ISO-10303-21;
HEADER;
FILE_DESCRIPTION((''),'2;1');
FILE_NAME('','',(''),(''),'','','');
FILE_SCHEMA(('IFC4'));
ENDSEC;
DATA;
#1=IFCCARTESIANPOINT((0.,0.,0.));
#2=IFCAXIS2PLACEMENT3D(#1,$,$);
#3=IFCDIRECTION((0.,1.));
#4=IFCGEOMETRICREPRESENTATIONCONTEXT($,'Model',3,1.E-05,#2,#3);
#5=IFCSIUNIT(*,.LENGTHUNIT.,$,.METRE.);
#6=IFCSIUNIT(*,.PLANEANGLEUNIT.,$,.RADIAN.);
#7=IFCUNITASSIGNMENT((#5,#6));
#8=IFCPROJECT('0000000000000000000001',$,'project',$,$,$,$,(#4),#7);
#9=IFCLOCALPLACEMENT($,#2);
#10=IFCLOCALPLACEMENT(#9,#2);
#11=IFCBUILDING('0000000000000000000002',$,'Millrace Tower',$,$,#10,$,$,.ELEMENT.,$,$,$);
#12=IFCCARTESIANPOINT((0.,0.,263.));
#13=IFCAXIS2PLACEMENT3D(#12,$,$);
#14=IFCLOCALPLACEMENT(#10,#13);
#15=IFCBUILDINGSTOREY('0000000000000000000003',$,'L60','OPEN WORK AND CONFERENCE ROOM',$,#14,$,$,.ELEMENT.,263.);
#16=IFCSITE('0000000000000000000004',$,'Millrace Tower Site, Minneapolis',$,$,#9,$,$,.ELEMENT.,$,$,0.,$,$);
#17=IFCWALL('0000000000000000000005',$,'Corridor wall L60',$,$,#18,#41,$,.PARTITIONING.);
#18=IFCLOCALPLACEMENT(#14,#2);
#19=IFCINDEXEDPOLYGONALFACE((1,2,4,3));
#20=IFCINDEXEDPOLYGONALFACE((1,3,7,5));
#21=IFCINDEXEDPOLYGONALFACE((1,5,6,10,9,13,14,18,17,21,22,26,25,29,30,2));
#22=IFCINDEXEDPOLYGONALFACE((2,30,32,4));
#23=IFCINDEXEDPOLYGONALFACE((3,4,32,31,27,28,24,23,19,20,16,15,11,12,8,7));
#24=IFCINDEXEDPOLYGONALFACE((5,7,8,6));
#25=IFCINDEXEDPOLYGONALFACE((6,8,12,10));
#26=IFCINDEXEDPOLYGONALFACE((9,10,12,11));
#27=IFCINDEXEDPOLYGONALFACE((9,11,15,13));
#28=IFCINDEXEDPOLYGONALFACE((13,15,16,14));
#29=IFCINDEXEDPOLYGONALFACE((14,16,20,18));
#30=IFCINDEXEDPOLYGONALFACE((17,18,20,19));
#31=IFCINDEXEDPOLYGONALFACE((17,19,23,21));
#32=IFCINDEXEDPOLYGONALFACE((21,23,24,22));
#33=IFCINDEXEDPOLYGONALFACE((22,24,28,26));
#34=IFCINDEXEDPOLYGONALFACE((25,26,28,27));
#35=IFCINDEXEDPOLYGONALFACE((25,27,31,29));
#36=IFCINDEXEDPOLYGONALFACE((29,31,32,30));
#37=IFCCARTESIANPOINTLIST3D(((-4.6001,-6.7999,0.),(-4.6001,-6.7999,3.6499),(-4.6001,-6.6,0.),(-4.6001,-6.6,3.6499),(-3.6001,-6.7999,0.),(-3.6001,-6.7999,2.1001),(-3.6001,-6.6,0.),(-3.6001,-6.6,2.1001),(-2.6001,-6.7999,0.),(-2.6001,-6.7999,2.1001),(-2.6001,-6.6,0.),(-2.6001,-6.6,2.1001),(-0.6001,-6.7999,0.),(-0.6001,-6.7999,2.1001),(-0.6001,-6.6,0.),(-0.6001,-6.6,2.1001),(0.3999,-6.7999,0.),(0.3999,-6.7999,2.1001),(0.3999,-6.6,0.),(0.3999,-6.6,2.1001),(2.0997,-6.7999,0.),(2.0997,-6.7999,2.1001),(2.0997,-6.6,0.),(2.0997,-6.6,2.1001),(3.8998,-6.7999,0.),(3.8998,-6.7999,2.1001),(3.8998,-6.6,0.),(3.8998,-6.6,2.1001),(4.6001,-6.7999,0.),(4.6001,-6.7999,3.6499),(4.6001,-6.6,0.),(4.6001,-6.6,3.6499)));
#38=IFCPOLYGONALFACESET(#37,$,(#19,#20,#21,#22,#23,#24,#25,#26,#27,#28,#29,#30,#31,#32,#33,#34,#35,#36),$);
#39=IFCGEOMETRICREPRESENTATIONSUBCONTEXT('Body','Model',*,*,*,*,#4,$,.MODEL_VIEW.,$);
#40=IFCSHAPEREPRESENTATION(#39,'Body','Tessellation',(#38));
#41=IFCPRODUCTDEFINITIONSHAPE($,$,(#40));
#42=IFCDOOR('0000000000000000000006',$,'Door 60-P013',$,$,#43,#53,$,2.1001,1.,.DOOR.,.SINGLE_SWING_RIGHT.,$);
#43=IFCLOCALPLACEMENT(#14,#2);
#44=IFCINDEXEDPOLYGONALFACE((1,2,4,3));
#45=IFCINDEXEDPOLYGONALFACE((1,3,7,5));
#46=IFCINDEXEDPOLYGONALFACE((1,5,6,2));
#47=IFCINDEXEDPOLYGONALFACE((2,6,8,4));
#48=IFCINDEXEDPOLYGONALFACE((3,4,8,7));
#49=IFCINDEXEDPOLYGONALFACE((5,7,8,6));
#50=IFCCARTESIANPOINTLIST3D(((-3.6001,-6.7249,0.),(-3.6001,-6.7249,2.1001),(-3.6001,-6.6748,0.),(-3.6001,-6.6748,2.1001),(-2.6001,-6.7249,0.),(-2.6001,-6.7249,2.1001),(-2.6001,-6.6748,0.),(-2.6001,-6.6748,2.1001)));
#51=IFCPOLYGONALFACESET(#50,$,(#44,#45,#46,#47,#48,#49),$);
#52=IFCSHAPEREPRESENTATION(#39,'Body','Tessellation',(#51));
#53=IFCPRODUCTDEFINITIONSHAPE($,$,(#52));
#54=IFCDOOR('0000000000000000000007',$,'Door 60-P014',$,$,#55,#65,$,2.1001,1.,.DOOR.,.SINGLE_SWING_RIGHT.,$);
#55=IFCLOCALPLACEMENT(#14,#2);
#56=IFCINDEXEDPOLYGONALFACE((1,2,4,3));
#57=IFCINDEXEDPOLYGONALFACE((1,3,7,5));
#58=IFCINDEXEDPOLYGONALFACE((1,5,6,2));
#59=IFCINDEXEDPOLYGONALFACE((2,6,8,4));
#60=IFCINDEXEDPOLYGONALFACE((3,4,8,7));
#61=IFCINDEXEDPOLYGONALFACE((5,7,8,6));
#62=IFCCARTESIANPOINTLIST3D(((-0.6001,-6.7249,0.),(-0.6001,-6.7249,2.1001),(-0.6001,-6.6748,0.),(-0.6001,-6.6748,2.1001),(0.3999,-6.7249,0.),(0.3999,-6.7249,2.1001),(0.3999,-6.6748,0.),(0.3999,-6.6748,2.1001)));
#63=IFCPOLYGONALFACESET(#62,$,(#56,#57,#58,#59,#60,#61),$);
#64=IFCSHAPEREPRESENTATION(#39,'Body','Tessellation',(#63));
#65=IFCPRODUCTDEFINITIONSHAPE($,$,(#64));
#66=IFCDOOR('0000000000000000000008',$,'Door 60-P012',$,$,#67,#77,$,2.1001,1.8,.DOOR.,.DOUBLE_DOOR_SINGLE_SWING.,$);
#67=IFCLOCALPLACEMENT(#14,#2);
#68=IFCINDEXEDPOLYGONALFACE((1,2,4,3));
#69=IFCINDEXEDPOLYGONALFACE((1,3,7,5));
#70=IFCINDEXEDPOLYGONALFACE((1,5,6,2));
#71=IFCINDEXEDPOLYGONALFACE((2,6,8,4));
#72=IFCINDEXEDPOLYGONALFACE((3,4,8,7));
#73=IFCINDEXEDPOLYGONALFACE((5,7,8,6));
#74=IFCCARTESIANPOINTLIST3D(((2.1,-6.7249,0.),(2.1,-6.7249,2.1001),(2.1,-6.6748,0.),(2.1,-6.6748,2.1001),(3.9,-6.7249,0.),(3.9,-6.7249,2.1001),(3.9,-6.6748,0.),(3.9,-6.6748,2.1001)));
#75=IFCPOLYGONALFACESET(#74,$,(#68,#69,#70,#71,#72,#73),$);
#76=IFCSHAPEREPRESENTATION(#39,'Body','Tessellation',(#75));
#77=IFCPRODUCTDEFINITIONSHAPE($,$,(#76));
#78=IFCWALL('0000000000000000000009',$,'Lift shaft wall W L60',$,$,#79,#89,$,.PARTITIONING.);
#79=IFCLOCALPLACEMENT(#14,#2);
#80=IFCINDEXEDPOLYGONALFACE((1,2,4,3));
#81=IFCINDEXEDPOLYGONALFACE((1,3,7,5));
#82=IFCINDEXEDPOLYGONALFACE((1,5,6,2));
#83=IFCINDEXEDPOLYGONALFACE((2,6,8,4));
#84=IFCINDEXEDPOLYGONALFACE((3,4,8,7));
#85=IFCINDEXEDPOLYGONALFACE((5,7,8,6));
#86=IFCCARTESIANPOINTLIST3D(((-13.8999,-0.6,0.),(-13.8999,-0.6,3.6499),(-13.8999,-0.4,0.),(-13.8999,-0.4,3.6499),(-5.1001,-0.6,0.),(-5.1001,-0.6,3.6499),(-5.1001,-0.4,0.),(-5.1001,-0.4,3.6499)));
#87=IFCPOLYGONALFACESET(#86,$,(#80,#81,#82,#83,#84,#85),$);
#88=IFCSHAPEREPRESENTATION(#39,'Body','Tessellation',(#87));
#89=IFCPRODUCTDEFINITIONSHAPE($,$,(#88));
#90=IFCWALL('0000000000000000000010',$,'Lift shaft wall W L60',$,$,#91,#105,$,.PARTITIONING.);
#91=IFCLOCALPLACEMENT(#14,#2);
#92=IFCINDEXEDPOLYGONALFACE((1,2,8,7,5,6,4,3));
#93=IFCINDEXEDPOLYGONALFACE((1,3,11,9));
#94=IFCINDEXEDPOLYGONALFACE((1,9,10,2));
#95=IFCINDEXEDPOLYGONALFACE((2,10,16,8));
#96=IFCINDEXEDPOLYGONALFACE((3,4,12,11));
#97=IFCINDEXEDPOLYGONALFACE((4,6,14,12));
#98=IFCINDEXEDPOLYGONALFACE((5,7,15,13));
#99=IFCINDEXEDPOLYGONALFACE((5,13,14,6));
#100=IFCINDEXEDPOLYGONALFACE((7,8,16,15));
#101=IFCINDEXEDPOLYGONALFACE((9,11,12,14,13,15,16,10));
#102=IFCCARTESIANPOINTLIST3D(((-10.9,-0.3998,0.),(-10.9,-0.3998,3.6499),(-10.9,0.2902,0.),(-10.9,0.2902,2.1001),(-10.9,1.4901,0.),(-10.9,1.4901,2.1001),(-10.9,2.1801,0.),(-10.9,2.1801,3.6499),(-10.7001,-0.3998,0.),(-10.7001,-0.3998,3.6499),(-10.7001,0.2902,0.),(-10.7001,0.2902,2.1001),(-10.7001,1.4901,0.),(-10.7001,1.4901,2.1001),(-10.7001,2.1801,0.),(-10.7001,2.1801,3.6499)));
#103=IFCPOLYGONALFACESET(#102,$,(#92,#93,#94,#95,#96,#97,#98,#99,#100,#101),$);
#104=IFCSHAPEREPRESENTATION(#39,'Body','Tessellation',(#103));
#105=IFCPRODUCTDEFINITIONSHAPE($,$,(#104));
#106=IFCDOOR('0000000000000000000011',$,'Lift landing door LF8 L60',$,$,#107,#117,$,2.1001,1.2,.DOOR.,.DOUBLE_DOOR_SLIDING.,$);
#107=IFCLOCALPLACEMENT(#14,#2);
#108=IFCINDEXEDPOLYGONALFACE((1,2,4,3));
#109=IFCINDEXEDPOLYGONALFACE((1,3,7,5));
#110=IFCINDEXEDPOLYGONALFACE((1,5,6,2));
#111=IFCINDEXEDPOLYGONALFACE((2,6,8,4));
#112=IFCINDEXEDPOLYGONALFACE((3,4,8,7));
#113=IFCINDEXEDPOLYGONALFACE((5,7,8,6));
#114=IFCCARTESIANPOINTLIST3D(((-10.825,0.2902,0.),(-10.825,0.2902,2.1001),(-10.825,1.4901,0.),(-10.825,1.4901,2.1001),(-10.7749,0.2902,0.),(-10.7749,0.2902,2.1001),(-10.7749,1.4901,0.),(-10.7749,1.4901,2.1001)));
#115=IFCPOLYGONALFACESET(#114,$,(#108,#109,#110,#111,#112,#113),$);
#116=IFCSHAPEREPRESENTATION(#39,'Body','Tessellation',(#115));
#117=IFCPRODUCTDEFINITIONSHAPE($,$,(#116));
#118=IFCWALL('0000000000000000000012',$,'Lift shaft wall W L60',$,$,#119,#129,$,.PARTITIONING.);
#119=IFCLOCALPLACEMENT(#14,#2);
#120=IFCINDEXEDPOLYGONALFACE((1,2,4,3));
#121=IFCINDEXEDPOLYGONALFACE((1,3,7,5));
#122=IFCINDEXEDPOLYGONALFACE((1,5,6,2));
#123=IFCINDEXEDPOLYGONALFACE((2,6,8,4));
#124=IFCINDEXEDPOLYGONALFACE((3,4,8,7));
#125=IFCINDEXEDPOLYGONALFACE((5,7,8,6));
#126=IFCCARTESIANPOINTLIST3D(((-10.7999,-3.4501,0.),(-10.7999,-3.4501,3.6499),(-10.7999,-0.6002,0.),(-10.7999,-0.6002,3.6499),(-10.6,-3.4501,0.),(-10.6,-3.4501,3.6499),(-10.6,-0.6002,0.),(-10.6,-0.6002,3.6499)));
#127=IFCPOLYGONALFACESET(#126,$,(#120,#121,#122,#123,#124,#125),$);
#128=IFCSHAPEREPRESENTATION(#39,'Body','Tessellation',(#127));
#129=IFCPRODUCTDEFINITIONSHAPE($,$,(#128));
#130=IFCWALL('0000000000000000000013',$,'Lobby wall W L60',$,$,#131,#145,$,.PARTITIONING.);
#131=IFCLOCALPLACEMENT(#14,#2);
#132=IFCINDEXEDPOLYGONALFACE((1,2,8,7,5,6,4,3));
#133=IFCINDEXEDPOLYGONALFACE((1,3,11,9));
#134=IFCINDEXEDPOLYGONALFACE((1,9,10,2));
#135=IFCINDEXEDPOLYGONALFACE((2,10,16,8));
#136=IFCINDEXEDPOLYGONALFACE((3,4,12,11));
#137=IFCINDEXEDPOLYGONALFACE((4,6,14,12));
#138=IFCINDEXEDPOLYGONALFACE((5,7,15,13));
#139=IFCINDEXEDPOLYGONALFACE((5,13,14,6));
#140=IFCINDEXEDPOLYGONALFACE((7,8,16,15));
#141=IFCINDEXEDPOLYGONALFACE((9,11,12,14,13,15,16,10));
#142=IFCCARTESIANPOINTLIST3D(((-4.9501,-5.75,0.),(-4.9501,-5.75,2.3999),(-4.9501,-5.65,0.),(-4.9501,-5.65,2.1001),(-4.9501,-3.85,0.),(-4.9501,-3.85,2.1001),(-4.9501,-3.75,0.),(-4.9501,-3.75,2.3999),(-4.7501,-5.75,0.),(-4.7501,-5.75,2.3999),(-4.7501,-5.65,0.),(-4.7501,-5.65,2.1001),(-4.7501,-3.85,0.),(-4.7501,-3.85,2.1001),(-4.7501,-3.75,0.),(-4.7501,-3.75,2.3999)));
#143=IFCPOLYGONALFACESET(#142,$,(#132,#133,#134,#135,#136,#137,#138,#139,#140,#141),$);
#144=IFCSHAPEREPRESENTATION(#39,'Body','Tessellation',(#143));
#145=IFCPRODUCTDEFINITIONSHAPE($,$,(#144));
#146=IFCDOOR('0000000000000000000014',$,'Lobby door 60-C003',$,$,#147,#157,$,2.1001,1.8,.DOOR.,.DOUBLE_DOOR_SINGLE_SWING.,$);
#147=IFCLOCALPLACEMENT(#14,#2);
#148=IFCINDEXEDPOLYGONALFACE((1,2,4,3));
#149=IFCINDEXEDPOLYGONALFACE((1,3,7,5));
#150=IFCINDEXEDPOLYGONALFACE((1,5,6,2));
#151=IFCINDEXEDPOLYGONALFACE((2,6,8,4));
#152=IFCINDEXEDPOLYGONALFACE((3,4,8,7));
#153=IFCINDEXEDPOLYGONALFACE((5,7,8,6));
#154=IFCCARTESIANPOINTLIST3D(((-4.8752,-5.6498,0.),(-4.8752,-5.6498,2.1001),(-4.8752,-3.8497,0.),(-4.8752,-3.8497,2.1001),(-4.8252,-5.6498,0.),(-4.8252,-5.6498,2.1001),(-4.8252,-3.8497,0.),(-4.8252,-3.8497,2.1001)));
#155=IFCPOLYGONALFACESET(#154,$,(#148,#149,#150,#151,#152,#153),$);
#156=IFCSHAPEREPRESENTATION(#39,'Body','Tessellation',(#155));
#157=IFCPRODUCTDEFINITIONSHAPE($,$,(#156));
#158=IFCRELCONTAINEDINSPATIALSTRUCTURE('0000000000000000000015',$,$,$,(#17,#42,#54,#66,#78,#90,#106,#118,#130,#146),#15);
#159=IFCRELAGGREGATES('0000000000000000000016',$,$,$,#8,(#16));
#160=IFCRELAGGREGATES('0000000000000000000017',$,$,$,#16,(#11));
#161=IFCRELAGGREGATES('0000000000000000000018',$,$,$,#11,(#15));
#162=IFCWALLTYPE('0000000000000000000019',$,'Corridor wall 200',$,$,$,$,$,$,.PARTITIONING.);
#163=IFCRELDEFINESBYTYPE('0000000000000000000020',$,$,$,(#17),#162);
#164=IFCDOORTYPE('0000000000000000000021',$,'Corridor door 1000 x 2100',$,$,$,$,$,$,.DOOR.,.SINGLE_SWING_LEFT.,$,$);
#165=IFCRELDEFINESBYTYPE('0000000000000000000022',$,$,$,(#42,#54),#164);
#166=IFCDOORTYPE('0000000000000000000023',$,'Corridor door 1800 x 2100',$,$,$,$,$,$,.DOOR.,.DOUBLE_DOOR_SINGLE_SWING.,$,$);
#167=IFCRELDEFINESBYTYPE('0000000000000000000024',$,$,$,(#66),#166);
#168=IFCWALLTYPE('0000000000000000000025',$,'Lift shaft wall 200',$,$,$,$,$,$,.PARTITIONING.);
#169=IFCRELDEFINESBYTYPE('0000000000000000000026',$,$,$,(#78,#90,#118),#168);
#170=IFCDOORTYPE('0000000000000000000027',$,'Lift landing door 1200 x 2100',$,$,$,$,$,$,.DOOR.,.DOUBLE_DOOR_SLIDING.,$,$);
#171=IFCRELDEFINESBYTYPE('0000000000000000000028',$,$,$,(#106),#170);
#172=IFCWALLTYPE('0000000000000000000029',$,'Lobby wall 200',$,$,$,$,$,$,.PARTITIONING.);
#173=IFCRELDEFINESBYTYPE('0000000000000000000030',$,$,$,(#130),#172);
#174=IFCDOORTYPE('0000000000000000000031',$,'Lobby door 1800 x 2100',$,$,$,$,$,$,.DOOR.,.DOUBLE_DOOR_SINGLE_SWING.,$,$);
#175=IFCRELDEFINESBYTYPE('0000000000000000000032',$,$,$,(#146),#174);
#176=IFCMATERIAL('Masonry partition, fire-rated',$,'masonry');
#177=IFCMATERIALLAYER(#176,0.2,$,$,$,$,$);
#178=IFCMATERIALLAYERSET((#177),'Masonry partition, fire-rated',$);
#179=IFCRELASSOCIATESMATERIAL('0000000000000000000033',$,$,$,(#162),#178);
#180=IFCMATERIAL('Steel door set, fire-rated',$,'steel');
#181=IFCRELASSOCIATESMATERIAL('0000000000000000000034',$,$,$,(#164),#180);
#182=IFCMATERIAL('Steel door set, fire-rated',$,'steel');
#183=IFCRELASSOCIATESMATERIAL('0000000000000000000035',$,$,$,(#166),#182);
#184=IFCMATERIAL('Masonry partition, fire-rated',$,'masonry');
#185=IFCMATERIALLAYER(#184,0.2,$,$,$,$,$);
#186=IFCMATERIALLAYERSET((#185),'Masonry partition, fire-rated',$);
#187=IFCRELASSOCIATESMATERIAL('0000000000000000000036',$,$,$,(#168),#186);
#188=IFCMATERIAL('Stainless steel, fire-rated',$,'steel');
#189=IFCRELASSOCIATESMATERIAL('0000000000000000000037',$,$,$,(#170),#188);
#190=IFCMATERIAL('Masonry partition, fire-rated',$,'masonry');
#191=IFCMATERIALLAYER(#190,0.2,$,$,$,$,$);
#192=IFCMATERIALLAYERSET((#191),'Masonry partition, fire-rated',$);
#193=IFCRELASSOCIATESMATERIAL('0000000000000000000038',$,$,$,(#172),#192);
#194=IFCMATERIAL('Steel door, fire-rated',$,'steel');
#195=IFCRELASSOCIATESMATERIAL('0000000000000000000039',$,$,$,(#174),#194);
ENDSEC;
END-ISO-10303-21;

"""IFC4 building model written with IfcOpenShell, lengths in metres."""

from ifc_helpers import new_model, si_unit, direction, frame, frame_2d, origin, place, context, subcontext, project, spatial, rectangle, extrude, material, layer, layer_set, type_object, element, fill, save


model = new_model("IFC4")

# Units and contexts
model_context = context("Model", 3, precision=1e-05, world=origin(), true_north=direction((0.0, 1.0)))
body_context = subcontext(model_context, "Body", "Model", "MODEL_VIEW")
ifc_project = project(units=[si_unit("LENGTHUNIT", "METRE"), si_unit("PLANEANGLEUNIT", "RADIAN")], contexts=[model_context])

# Site, building, storey
site_placement = place(None, origin())
site = spatial("IfcSite", under=ifc_project, at=site_placement, Name="Millrace Tower Site, Minneapolis", CompositionType="ELEMENT", RefElevation=0.0)
building_placement = place(site_placement, origin())
building = spatial("IfcBuilding", under=site, at=building_placement, Name="Millrace Tower", CompositionType="ELEMENT")
storey_placement = place(building_placement, frame((0.0, 0.0, 263.0)))
storey = spatial("IfcBuildingStorey", under=building, at=storey_placement, Name="L60", Description="OPEN WORK AND CONFERENCE ROOM", CompositionType="ELEMENT", Elevation=263.0)

# Wall, openings, doors
ifc_material_1 = material(Name="Masonry partition, fire-rated", Category="masonry")
ifc_layer_1 = layer(ifc_material_1, 0.2)
ifc_layer_set_1 = layer_set([ifc_layer_1], Name="Masonry partition, fire-rated")
wall_type_1 = type_object("IfcWallType", Name="Corridor wall 200", PredefinedType="PARTITIONING", material=ifc_layer_set_1)
wall_1_placement = place(storey_placement, frame((-4.6001, -6.7, 0.0), z_axis=(0.0, 0.0, 1.0), x_axis=(1.0, 0.0, 0.0)))
wall_1 = element("IfcWall", 1, at=wall_1_placement, inside=storey, type_object=wall_type_1, Name="Corridor wall L60", PredefinedType="PARTITIONING", context=body_context, shape_type="SweptSolid", body=[
    extrude(rectangle(XDim=9.2002, YDim=0.2, at=frame_2d((4.6001, 0.0))), origin(), (0.0, 0.0, 1.0), 3.6499),
])
opening_1_placement = place(wall_1_placement, frame((6.7, 0.0, 0.0)))
opening_1 = element("IfcOpeningElement", 2, at=opening_1_placement, cuts=wall_1, PredefinedType="OPENING", context=body_context, shape_type="SweptSolid", body=[
    extrude(rectangle(XDim=1.8, YDim=2.1001, at=frame_2d((0.8999, 1.05))), frame((0.0, 0.1099, 0.0), z_axis=(0.0, -1.0, 0.0), x_axis=(1.0, 0.0, 0.0)), (0.0, 0.0, 1.0), 0.22),
])
opening_2_placement = place(wall_1_placement, frame((1.0, 0.0, 0.0)))
opening_2 = element("IfcOpeningElement", 3, at=opening_2_placement, cuts=wall_1, PredefinedType="OPENING", context=body_context, shape_type="SweptSolid", body=[
    extrude(rectangle(XDim=1.0, YDim=2.1001, at=frame_2d((0.5, 1.05))), frame((0.0, 0.1099, 0.0), z_axis=(0.0, -1.0, 0.0), x_axis=(1.0, 0.0, 0.0)), (0.0, 0.0, 1.0), 0.22),
])
opening_3_placement = place(wall_1_placement, frame((4.0, 0.0, 0.0)))
opening_3 = element("IfcOpeningElement", 4, at=opening_3_placement, cuts=wall_1, PredefinedType="OPENING", context=body_context, shape_type="SweptSolid", body=[
    extrude(rectangle(XDim=1.0, YDim=2.1001, at=frame_2d((0.5, 1.05))), frame((0.0, 0.1099, 0.0), z_axis=(0.0, -1.0, 0.0), x_axis=(1.0, 0.0, 0.0)), (0.0, 0.0, 1.0), 0.22),
])
ifc_material_2 = material(Name="Steel door set, fire-rated", Category="steel")
door_type_1 = type_object("IfcDoorType", Name="Corridor door 1000 x 2100", OperationType="SINGLE_SWING_LEFT", PredefinedType="DOOR", material=ifc_material_2)
door_1_placement = place(opening_2_placement, frame((1.0, 0.0, 0.0), z_axis=(0.0, 0.0, 1.0), x_axis=(-1.0, 0.0, 0.0)))
door_1 = element("IfcDoor", 5, at=door_1_placement, inside=storey, type_object=door_type_1, Name="Door 60-P013", OperationType="SINGLE_SWING_RIGHT", OverallHeight=2.1001, OverallWidth=1.0, PredefinedType="DOOR", context=body_context, shape_type="SweptSolid", body=[
    extrude(rectangle(XDim=1.0, YDim=2.1001, at=frame_2d((0.5, 1.05))), frame((0.0, 0.0249, 0.0), z_axis=(0.0, -1.0, 0.0), x_axis=(1.0, 0.0, 0.0)), (0.0, 0.0, 1.0), 0.05),
])
fill(opening_2, door_1)
door_2_placement = place(opening_3_placement, frame((1.0, 0.0, 0.0), z_axis=(0.0, 0.0, 1.0), x_axis=(-1.0, 0.0, 0.0)))
door_2 = element("IfcDoor", 6, at=door_2_placement, inside=storey, type_object=door_type_1, Name="Door 60-P014", OperationType="SINGLE_SWING_RIGHT", OverallHeight=2.1001, OverallWidth=1.0, PredefinedType="DOOR", context=body_context, shape_type="SweptSolid", body=[
    extrude(rectangle(XDim=1.0, YDim=2.1001, at=frame_2d((0.5, 1.05))), frame((0.0, 0.0249, 0.0), z_axis=(0.0, -1.0, 0.0), x_axis=(1.0, 0.0, 0.0)), (0.0, 0.0, 1.0), 0.05),
])
fill(opening_3, door_2)
ifc_material_3 = material(Name="Steel door set, fire-rated", Category="steel")
door_type_2 = type_object("IfcDoorType", Name="Corridor door 1800 x 2100", OperationType="DOUBLE_DOOR_SINGLE_SWING", PredefinedType="DOOR", material=ifc_material_3)
door_3_placement = place(opening_1_placement, frame((1.8, 0.0, 0.0), z_axis=(0.0, 0.0, 1.0), x_axis=(-1.0, 0.0, 0.0)))
door_3 = element("IfcDoor", 7, at=door_3_placement, inside=storey, type_object=door_type_2, Name="Door 60-P012", OperationType="DOUBLE_DOOR_SINGLE_SWING", OverallHeight=2.1001, OverallWidth=1.8, PredefinedType="DOOR", context=body_context, shape_type="SweptSolid", body=[
    extrude(rectangle(XDim=1.8, YDim=2.1001, at=frame_2d((0.8999, 1.05))), frame((0.0, 0.0249, 0.0), z_axis=(0.0, -1.0, 0.0), x_axis=(1.0, 0.0, 0.0)), (0.0, 0.0, 1.0), 0.05),
])
fill(opening_1, door_3)

# Wall
ifc_material_4 = material(Name="Masonry partition, fire-rated", Category="masonry")
ifc_layer_2 = layer(ifc_material_4, 0.2)
ifc_layer_set_2 = layer_set([ifc_layer_2], Name="Masonry partition, fire-rated")
wall_type_2 = type_object("IfcWallType", Name="Lift shaft wall 200", PredefinedType="PARTITIONING", material=ifc_layer_set_2)
wall_2_placement = place(storey_placement, frame((-13.8999, -0.5, 0.0), z_axis=(0.0, 0.0, 1.0), x_axis=(1.0, 0.0, 0.0)))
element("IfcWall", 8, at=wall_2_placement, inside=storey, type_object=wall_type_2, Name="Lift shaft wall W L60", PredefinedType="PARTITIONING", context=body_context, shape_type="SweptSolid", body=[
    extrude(rectangle(XDim=8.7998, YDim=0.2, at=frame_2d((4.3999, 0.0))), origin(), (0.0, 0.0, 1.0), 3.6499),
])

# Wall, opening, door
wall_3_placement = place(storey_placement, frame((-10.8, -0.3999, 0.0), z_axis=(0.0, 0.0, 1.0), x_axis=(0.0, 1.0, 0.0)))
wall_3 = element("IfcWall", 9, at=wall_3_placement, inside=storey, type_object=wall_type_2, Name="Lift shaft wall W L60", PredefinedType="PARTITIONING", context=body_context, shape_type="SweptSolid", body=[
    extrude(rectangle(XDim=2.5798, YDim=0.2, at=frame_2d((1.29, 0.0))), origin(), (0.0, 0.0, 1.0), 3.6499),
])
opening_4_placement = place(wall_3_placement, frame((0.6899, 0.0, 0.0)))
opening_4 = element("IfcOpeningElement", 10, at=opening_4_placement, cuts=wall_3, PredefinedType="OPENING", context=body_context, shape_type="SweptSolid", body=[
    extrude(rectangle(XDim=1.2, YDim=2.1001, at=frame_2d((0.6001, 1.05))), frame((0.0, 0.1099, 0.0), z_axis=(0.0, -1.0, 0.0), x_axis=(1.0, 0.0, 0.0)), (0.0, 0.0, 1.0), 0.22),
])
ifc_material_5 = material(Name="Stainless steel, fire-rated", Category="steel")
door_type_3 = type_object("IfcDoorType", Name="Lift landing door 1200 x 2100", OperationType="DOUBLE_DOOR_SLIDING", PredefinedType="DOOR", material=ifc_material_5)
door_4_placement = place(opening_4_placement, origin())
door_4 = element("IfcDoor", 11, at=door_4_placement, inside=storey, type_object=door_type_3, Name="Lift landing door LF8 L60", OperationType="DOUBLE_DOOR_SLIDING", OverallHeight=2.1001, OverallWidth=1.2, PredefinedType="DOOR", context=body_context, shape_type="SweptSolid", body=[
    extrude(rectangle(XDim=1.2, YDim=2.1001, at=frame_2d((0.6001, 1.05))), frame((0.0, 0.0249, 0.0), z_axis=(0.0, -1.0, 0.0), x_axis=(1.0, 0.0, 0.0)), (0.0, 0.0, 1.0), 0.05),
])
fill(opening_4, door_4)

# Wall
wall_4_placement = place(storey_placement, frame((-10.7, -3.45, 0.0), z_axis=(0.0, 0.0, 1.0), x_axis=(0.0, 1.0, 0.0)))
element("IfcWall", 12, at=wall_4_placement, inside=storey, type_object=wall_type_2, Name="Lift shaft wall W L60", PredefinedType="PARTITIONING", context=body_context, shape_type="SweptSolid", body=[
    extrude(rectangle(XDim=2.8499, YDim=0.2, at=frame_2d((1.4248, 0.0))), origin(), (0.0, 0.0, 1.0), 3.6499),
])

# Wall, opening, door
ifc_material_6 = material(Name="Masonry partition, fire-rated", Category="masonry")
ifc_layer_3 = layer(ifc_material_6, 0.2)
ifc_layer_set_3 = layer_set([ifc_layer_3], Name="Masonry partition, fire-rated")
wall_type_3 = type_object("IfcWallType", Name="Lobby wall 200", PredefinedType="PARTITIONING", material=ifc_layer_set_3)
wall_5_placement = place(storey_placement, frame((-4.8501, -5.75, 0.0), z_axis=(0.0, 0.0, 1.0), x_axis=(0.0, 1.0, 0.0)))
wall_5 = element("IfcWall", 13, at=wall_5_placement, inside=storey, type_object=wall_type_3, Name="Lobby wall W L60", PredefinedType="PARTITIONING", context=body_context, shape_type="SweptSolid", body=[
    extrude(rectangle(XDim=2.0, YDim=0.2, at=frame_2d((1.0, 0.0))), origin(), (0.0, 0.0, 1.0), 2.3999),
])
opening_5_placement = place(wall_5_placement, frame((0.1001, 0.0, 0.0)))
opening_5 = element("IfcOpeningElement", 14, at=opening_5_placement, cuts=wall_5, PredefinedType="OPENING", context=body_context, shape_type="SweptSolid", body=[
    extrude(rectangle(XDim=1.8, YDim=2.1001, at=frame_2d((0.8999, 1.05))), frame((0.0, 0.1099, 0.0), z_axis=(0.0, -1.0, 0.0), x_axis=(1.0, 0.0, 0.0)), (0.0, 0.0, 1.0), 0.22),
])
ifc_material_7 = material(Name="Steel door, fire-rated", Category="steel")
door_type_4 = type_object("IfcDoorType", Name="Lobby door 1800 x 2100", OperationType="DOUBLE_DOOR_SINGLE_SWING", PredefinedType="DOOR", material=ifc_material_7)
door_5_placement = place(opening_5_placement, frame((1.8, 0.0, 0.0), z_axis=(0.0, 0.0, 1.0), x_axis=(-1.0, 0.0, 0.0)))
door_5 = element("IfcDoor", 15, at=door_5_placement, inside=storey, type_object=door_type_4, Name="Lobby door 60-C003", OperationType="DOUBLE_DOOR_SINGLE_SWING", OverallHeight=2.1001, OverallWidth=1.8, PredefinedType="DOOR", context=body_context, shape_type="SweptSolid", body=[
    extrude(rectangle(XDim=1.8, YDim=2.1001, at=frame_2d((0.8999, 1.05))), frame((0.0, 0.0249, 0.0), z_axis=(0.0, -1.0, 0.0), x_axis=(1.0, 0.0, 0.0)), (0.0, 0.0, 1.0), 0.05),
])
fill(opening_5, door_5)

save(model, "model.ifc")
